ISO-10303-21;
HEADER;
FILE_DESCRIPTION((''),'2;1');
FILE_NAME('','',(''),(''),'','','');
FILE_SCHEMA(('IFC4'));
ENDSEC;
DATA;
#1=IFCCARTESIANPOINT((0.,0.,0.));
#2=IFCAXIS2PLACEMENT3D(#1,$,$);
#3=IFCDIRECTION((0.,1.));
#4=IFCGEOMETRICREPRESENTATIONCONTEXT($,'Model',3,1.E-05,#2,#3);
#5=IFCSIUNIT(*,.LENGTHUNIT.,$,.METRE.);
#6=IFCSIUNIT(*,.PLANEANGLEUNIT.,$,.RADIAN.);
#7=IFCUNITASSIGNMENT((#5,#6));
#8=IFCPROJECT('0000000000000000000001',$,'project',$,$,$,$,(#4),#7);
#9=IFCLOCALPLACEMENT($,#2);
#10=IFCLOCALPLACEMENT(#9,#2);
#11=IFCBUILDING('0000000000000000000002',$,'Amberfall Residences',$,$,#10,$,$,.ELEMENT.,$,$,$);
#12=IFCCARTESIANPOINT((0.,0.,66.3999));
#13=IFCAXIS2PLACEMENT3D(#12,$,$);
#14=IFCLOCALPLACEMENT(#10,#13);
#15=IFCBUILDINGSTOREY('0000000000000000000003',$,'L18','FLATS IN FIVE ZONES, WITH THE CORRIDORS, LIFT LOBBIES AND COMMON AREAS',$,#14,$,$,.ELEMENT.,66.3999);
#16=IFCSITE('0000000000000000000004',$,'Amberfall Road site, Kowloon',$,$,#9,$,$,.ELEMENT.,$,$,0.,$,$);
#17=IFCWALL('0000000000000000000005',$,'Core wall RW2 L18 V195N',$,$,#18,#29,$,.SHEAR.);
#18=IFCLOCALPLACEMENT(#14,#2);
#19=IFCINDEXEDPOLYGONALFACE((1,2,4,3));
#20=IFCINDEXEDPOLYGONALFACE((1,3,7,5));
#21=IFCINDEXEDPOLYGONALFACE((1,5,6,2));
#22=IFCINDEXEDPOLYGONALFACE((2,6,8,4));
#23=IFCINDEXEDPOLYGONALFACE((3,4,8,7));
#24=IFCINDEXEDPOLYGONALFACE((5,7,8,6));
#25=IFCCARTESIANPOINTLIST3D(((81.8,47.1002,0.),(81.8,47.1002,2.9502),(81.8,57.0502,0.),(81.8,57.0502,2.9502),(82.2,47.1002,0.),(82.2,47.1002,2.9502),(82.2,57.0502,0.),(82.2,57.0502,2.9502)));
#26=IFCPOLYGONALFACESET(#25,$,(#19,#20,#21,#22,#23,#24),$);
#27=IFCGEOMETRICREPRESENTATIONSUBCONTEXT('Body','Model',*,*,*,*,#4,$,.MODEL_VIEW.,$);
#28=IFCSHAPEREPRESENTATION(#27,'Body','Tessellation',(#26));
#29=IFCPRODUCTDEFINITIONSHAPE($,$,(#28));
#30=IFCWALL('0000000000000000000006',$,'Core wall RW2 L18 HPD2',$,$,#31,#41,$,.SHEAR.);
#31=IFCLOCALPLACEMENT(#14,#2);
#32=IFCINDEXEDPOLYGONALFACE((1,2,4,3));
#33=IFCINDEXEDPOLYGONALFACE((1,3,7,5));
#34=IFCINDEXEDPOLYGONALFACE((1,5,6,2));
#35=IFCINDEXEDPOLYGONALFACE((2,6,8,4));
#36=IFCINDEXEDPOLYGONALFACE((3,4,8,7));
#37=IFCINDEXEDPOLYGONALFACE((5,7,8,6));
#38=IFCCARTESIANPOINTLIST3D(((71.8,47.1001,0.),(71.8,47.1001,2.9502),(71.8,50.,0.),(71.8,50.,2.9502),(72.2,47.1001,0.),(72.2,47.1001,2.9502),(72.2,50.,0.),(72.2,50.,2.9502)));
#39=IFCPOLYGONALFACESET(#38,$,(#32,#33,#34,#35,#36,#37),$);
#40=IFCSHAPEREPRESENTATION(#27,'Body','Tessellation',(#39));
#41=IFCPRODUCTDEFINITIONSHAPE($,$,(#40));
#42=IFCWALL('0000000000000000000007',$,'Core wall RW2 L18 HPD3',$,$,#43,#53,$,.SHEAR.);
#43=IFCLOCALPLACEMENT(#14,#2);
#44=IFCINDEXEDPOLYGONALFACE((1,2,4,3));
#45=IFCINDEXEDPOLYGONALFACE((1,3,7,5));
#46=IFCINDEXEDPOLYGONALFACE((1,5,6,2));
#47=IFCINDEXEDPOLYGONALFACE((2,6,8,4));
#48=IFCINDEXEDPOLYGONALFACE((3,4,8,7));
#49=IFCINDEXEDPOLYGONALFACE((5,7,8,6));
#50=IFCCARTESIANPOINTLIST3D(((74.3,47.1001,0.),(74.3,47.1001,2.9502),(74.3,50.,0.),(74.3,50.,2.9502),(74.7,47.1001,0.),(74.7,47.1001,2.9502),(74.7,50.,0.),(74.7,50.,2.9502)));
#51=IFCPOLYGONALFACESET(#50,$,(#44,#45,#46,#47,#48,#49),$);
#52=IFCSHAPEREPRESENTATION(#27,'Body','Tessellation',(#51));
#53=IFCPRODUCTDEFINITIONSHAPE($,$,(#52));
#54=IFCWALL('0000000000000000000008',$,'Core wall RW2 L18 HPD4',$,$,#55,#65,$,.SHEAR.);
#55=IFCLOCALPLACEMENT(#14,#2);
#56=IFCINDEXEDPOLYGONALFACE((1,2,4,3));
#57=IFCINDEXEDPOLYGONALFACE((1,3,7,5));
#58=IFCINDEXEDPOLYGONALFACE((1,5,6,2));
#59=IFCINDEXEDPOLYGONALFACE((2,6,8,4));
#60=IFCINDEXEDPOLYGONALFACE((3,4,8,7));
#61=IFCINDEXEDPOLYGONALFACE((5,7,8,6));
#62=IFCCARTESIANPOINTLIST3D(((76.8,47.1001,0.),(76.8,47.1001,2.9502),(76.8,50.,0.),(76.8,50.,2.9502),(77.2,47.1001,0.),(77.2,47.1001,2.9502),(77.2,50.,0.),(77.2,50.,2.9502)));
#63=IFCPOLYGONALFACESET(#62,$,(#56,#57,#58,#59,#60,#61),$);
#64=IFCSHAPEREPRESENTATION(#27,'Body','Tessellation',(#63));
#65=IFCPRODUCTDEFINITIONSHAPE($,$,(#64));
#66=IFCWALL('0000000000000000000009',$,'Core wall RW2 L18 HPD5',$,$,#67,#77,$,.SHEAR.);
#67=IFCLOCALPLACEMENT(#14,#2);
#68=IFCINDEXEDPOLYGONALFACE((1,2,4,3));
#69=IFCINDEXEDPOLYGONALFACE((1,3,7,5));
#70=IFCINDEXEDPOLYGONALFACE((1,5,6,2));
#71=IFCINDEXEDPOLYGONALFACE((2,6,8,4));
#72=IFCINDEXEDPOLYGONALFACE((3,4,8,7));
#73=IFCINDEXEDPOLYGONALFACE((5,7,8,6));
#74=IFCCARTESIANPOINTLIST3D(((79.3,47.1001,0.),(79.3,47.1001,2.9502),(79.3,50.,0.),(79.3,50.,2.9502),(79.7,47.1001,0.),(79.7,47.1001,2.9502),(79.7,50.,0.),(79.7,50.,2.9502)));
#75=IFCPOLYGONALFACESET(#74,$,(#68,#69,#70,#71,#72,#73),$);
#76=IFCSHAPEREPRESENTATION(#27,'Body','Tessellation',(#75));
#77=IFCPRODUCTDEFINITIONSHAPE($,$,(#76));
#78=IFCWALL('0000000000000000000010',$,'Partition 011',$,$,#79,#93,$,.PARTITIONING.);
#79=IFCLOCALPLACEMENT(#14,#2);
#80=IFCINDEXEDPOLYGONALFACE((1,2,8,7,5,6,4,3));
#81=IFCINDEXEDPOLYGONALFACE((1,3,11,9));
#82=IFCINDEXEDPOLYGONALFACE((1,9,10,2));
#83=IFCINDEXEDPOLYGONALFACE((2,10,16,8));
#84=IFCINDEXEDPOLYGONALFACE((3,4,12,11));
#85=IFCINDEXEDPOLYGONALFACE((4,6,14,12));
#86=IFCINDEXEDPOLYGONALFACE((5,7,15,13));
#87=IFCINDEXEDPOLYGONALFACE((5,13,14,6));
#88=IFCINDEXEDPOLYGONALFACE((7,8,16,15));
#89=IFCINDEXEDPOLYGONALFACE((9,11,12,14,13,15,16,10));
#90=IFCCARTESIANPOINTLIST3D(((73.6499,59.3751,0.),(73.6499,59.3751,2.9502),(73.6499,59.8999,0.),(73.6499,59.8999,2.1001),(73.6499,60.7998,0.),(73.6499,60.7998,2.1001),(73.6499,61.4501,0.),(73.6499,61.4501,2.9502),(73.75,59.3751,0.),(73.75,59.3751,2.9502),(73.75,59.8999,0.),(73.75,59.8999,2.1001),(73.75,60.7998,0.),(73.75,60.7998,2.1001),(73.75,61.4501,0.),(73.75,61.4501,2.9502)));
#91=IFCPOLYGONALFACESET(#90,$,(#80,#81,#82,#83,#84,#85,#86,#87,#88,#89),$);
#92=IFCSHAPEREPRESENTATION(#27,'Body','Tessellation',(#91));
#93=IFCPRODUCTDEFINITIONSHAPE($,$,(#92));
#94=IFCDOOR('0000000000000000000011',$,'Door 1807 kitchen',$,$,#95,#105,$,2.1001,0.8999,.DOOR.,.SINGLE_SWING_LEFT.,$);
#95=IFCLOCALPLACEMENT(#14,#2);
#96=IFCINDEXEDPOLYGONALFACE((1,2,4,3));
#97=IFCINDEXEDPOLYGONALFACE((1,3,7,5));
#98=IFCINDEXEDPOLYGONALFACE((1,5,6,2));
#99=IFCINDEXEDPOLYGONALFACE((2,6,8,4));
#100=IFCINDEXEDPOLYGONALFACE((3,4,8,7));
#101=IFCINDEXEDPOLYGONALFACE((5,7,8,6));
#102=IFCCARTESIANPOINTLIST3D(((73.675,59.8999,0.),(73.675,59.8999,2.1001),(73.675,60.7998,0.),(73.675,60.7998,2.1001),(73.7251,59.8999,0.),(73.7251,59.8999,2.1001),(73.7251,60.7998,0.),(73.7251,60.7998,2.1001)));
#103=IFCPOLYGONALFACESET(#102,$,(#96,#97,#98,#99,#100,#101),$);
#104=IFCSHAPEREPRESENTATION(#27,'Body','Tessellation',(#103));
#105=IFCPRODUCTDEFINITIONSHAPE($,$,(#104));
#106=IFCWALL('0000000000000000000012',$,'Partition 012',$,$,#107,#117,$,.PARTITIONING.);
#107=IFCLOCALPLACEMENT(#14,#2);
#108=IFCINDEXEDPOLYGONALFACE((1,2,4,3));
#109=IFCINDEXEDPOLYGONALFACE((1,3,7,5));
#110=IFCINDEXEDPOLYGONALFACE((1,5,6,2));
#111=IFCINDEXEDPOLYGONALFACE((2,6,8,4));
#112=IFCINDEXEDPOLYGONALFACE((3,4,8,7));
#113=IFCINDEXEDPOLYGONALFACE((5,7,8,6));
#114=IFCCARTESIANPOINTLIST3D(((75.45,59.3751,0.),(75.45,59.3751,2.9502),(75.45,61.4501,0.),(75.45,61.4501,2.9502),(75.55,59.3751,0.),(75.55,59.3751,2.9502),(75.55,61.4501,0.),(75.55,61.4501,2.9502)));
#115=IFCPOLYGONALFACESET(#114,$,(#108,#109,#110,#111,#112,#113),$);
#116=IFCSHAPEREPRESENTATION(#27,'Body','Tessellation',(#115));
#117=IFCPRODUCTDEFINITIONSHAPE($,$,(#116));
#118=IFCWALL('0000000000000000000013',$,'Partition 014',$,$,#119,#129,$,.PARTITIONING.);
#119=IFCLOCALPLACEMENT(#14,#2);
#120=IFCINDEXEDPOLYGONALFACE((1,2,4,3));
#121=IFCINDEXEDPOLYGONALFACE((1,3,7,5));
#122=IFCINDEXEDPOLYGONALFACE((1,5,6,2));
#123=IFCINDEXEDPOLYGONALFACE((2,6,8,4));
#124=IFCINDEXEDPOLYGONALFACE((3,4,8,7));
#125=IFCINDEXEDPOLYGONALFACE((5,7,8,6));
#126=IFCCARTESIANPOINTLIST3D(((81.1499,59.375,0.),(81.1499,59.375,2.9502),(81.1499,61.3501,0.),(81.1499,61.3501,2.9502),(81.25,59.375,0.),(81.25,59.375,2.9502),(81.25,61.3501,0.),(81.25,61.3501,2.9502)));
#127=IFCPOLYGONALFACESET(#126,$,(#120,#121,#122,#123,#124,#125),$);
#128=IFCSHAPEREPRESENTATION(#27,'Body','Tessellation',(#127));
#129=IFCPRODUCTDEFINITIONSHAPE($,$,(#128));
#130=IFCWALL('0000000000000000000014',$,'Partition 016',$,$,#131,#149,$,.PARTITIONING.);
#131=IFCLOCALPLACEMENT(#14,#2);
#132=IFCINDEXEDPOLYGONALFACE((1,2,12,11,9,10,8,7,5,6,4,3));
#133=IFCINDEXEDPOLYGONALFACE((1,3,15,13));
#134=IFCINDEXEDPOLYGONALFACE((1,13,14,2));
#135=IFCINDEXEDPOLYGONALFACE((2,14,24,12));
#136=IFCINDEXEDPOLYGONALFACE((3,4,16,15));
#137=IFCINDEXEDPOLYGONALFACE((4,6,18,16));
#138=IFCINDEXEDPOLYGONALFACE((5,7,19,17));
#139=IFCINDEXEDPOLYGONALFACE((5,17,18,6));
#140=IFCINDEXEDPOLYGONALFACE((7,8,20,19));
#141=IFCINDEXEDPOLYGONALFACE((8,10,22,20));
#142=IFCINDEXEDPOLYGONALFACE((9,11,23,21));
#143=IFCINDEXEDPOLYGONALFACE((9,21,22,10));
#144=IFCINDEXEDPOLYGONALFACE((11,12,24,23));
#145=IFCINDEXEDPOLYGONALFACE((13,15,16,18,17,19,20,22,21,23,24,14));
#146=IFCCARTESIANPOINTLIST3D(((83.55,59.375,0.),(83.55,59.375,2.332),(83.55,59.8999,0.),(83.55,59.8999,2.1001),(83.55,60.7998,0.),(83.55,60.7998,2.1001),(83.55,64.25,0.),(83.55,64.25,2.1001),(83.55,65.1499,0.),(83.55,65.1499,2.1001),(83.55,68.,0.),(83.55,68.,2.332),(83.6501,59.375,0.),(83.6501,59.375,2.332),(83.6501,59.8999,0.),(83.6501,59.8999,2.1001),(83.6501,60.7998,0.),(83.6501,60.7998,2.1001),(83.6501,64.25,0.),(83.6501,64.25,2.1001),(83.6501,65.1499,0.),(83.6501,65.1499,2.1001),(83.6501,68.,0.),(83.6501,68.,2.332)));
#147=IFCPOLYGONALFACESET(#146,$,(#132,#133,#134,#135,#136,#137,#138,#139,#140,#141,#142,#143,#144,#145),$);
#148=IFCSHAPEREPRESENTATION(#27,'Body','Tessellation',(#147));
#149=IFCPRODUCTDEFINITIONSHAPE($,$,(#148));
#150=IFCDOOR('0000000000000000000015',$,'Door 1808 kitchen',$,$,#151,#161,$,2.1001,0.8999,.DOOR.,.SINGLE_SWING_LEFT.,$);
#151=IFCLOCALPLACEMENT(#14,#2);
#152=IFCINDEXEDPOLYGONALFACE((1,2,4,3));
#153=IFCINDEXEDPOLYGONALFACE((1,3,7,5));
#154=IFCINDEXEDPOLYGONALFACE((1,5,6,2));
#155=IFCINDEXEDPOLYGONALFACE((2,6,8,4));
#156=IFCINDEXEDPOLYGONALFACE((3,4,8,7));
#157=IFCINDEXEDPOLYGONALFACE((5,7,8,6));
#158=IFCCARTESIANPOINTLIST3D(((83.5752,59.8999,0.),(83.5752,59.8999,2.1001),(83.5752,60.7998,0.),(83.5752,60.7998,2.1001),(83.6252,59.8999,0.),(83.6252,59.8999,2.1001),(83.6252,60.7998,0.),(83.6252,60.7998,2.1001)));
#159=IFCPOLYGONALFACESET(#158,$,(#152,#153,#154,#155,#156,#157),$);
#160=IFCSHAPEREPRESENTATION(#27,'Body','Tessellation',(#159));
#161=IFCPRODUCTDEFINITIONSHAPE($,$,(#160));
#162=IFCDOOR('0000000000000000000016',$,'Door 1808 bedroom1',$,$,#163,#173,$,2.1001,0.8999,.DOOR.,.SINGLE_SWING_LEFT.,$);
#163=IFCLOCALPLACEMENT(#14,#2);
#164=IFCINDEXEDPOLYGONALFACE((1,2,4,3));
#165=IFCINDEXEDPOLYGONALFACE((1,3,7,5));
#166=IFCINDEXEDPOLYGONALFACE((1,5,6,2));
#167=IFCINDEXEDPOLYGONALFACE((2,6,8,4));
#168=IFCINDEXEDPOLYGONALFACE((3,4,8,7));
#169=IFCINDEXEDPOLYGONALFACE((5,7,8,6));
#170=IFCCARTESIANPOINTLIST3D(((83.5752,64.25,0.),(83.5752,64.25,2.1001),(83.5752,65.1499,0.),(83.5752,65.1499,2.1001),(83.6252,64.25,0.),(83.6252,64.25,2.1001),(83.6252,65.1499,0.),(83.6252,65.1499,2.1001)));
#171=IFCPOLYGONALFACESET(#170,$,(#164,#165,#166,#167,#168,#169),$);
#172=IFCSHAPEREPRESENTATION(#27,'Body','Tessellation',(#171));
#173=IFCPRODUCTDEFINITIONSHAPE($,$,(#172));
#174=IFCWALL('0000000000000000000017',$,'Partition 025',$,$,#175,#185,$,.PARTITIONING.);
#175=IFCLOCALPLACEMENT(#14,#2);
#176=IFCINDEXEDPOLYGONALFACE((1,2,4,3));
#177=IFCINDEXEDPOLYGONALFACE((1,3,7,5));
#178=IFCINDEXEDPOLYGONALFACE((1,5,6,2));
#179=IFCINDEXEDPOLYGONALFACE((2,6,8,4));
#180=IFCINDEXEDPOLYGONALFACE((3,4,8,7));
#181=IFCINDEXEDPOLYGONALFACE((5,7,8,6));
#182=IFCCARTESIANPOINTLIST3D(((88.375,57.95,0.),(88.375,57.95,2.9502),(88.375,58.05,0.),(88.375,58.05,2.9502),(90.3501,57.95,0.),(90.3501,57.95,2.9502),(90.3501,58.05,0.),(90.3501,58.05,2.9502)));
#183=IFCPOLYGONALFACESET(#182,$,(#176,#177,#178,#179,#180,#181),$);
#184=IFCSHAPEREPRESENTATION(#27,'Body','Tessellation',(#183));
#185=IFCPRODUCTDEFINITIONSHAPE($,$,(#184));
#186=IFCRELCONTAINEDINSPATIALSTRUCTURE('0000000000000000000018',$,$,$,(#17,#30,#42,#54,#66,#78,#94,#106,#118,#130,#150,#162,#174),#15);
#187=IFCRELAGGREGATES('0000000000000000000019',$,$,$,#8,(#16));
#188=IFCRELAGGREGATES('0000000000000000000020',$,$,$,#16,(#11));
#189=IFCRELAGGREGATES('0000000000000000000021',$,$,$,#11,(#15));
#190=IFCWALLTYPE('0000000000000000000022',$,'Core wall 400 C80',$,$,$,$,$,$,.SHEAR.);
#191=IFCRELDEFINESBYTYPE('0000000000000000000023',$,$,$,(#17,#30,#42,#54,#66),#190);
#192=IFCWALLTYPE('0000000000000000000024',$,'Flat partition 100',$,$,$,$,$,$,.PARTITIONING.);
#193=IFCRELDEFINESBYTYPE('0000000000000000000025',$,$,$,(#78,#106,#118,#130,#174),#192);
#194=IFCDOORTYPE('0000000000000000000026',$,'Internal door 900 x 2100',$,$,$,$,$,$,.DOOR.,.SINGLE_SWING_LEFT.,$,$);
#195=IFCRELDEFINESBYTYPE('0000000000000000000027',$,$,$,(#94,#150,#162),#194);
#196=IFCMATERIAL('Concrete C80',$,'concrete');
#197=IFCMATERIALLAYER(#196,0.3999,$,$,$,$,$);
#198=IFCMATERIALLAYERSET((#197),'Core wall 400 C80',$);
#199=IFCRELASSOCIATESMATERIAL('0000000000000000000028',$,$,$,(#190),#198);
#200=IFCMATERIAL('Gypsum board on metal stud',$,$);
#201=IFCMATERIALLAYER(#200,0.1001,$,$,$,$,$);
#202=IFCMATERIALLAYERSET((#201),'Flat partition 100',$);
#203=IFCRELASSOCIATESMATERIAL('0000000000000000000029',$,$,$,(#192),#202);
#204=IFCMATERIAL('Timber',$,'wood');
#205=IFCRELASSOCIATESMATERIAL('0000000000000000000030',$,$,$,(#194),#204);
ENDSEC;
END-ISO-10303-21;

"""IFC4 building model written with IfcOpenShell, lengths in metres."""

from ifc_helpers import new_model, si_unit, direction, frame, frame_2d, origin, place, context, subcontext, project, spatial, rectangle, extrude, material, layer, layer_set, type_object, element, fill, save


model = new_model("IFC4")

# Units and contexts
model_context = context("Model", 3, precision=1e-05, world=origin(), true_north=direction((0.0, 1.0)))
body_context = subcontext(model_context, "Body", "Model", "MODEL_VIEW")
ifc_project = project(units=[si_unit("LENGTHUNIT", "METRE"), si_unit("PLANEANGLEUNIT", "RADIAN")], contexts=[model_context])

# Site, building, storey
site_placement = place(None, origin())
site = spatial("IfcSite", under=ifc_project, at=site_placement, Name="Amberfall Road site, Kowloon", CompositionType="ELEMENT", RefElevation=0.0)
building_placement = place(site_placement, origin())
building = spatial("IfcBuilding", under=site, at=building_placement, Name="Amberfall Residences", CompositionType="ELEMENT")
storey_placement = place(building_placement, frame((0.0, 0.0, 66.3999)))
storey = spatial("IfcBuildingStorey", under=building, at=storey_placement, Name="L18", Description="FLATS IN FIVE ZONES, WITH THE CORRIDORS, LIFT LOBBIES AND COMMON AREAS", CompositionType="ELEMENT", Elevation=66.3999)

# Walls
ifc_material_1 = material(Name="Concrete C80", Category="concrete")
ifc_layer_1 = layer(ifc_material_1, 0.3999)
ifc_layer_set_1 = layer_set([ifc_layer_1], Name="Core wall 400 C80")
wall_type_1 = type_object("IfcWallType", Name="Core wall 400 C80", PredefinedType="SHEAR", material=ifc_layer_set_1)
wall_1_placement = place(storey_placement, frame((82.0, 47.1001, 0.0), z_axis=(0.0, 0.0, 1.0), x_axis=(0.0, 1.0, 0.0)))
element("IfcWall", 1, at=wall_1_placement, inside=storey, type_object=wall_type_1, Name="Core wall RW2 L18 V195N", PredefinedType="SHEAR", context=body_context, shape_type="SweptSolid", body=[
    extrude(rectangle(XDim=9.95, YDim=0.3999, at=frame_2d((4.9751, 0.0))), origin(), (0.0, 0.0, 1.0), 2.9502),
])
for number, where, z_axis, x_axis, name in (
    (2, (72.0, 47.1001, 0.0), (0.0, 0.0, 1.0), (0.0, 1.0, 0.0), "Core wall RW2 L18 HPD2"),
    (3, (74.5, 47.1001, 0.0), (0.0, 0.0, 1.0), (0.0, 1.0, 0.0), "Core wall RW2 L18 HPD3"),
    (4, (77.0, 47.1001, 0.0), (0.0, 0.0, 1.0), (0.0, 1.0, 0.0), "Core wall RW2 L18 HPD4"),
    (5, (79.5, 47.1001, 0.0), (0.0, 0.0, 1.0), (0.0, 1.0, 0.0), "Core wall RW2 L18 HPD5"),
):
    element("IfcWall", number, at=place(storey_placement, frame(where, z_axis=z_axis, x_axis=x_axis)), inside=storey, type_object=wall_type_1, Name=name, PredefinedType="SHEAR", context=body_context, shape_type="SweptSolid", body=[
        extrude(rectangle(XDim=2.8999, YDim=0.3999, at=frame_2d((1.45, 0.0))), origin(), (0.0, 0.0, 1.0), 2.9502),
    ])

# Wall, opening, door
ifc_material_2 = material(Name="Gypsum board on metal stud")
ifc_layer_2 = layer(ifc_material_2, 0.1001)
ifc_layer_set_2 = layer_set([ifc_layer_2], Name="Flat partition 100")
wall_type_2 = type_object("IfcWallType", Name="Flat partition 100", PredefinedType="PARTITIONING", material=ifc_layer_set_2)
wall_2_placement = place(storey_placement, frame((73.7, 59.375, 0.0), z_axis=(0.0, 0.0, 1.0), x_axis=(0.0, 1.0, 0.0)))
wall_2 = element("IfcWall", 6, at=wall_2_placement, inside=storey, type_object=wall_type_2, Name="Partition 011", PredefinedType="PARTITIONING", context=body_context, shape_type="SweptSolid", body=[
    extrude(rectangle(XDim=2.075, YDim=0.1001, at=frame_2d((1.0376, 0.0))), origin(), (0.0, 0.0, 1.0), 2.9502),
])
opening_1_placement = place(wall_2_placement, frame((0.5249, 0.0, 0.0)))
opening_1 = element("IfcOpeningElement", 7, at=opening_1_placement, cuts=wall_2, PredefinedType="OPENING", context=body_context, shape_type="SweptSolid", body=[
    extrude(rectangle(XDim=0.8999, YDim=2.1001, at=frame_2d((0.45, 1.05))), frame((0.0, 0.0601, 0.0), z_axis=(0.0, -1.0, 0.0), x_axis=(1.0, 0.0, 0.0)), (0.0, 0.0, 1.0), 0.1201),
])
ifc_material_3 = material(Name="Timber", Category="wood")
door_type_1 = type_object("IfcDoorType", Name="Internal door 900 x 2100", OperationType="SINGLE_SWING_LEFT", PredefinedType="DOOR", material=ifc_material_3)
door_1_placement = place(opening_1_placement, origin())
door_1 = element("IfcDoor", 8, at=door_1_placement, inside=storey, type_object=door_type_1, Name="Door 1807 kitchen", OperationType="SINGLE_SWING_LEFT", OverallHeight=2.1001, OverallWidth=0.8999, PredefinedType="DOOR", context=body_context, shape_type="SweptSolid", body=[
    extrude(rectangle(XDim=0.8999, YDim=2.1001, at=frame_2d((0.45, 1.05))), frame((0.0, 0.0249, 0.0), z_axis=(0.0, -1.0, 0.0), x_axis=(1.0, 0.0, 0.0)), (0.0, 0.0, 1.0), 0.05),
])
fill(opening_1, door_1)

# Walls
wall_3_placement = place(storey_placement, frame((75.5, 59.375, 0.0), z_axis=(0.0, 0.0, 1.0), x_axis=(0.0, 1.0, 0.0)))
element("IfcWall", 9, at=wall_3_placement, inside=storey, type_object=wall_type_2, Name="Partition 012", PredefinedType="PARTITIONING", context=body_context, shape_type="SweptSolid", body=[
    extrude(rectangle(XDim=2.075, YDim=0.1001, at=frame_2d((1.0376, 0.0))), origin(), (0.0, 0.0, 1.0), 2.9502),
])
wall_4_placement = place(storey_placement, frame((81.2, 59.375, 0.0), z_axis=(0.0, 0.0, 1.0), x_axis=(0.0, 1.0, 0.0)))
element("IfcWall", 10, at=wall_4_placement, inside=storey, type_object=wall_type_2, Name="Partition 014", PredefinedType="PARTITIONING", context=body_context, shape_type="SweptSolid", body=[
    extrude(rectangle(XDim=1.9751, YDim=0.1001, at=frame_2d((0.9875, 0.0))), origin(), (0.0, 0.0, 1.0), 2.9502),
])

# Wall, openings, doors
wall_5_placement = place(storey_placement, frame((83.6001, 59.375, 0.0), z_axis=(0.0, 0.0, 1.0), x_axis=(0.0, 1.0, 0.0)))
wall_5 = element("IfcWall", 11, at=wall_5_placement, inside=storey, type_object=wall_type_2, Name="Partition 016", PredefinedType="PARTITIONING", context=body_context, shape_type="SweptSolid", body=[
    extrude(rectangle(XDim=8.625, YDim=0.1001, at=frame_2d((4.3125, 0.0))), origin(), (0.0, 0.0, 1.0), 2.332),
])
opening_2_placement = place(wall_5_placement, frame((0.5249, 0.0, 0.0)))
opening_2 = element("IfcOpeningElement", 12, at=opening_2_placement, cuts=wall_5, PredefinedType="OPENING", context=body_context, shape_type="SweptSolid", body=[
    extrude(rectangle(XDim=0.8999, YDim=2.1001, at=frame_2d((0.45, 1.05))), frame((0.0, 0.0601, 0.0), z_axis=(0.0, -1.0, 0.0), x_axis=(1.0, 0.0, 0.0)), (0.0, 0.0, 1.0), 0.1201),
])
opening_3_placement = place(wall_5_placement, frame((4.875, 0.0, 0.0)))
opening_3 = element("IfcOpeningElement", 13, at=opening_3_placement, cuts=wall_5, PredefinedType="OPENING", context=body_context, shape_type="SweptSolid", body=[
    extrude(rectangle(XDim=0.8999, YDim=2.1001, at=frame_2d((0.45, 1.05))), frame((0.0, 0.0601, 0.0), z_axis=(0.0, -1.0, 0.0), x_axis=(1.0, 0.0, 0.0)), (0.0, 0.0, 1.0), 0.1201),
])
door_2_placement = place(opening_2_placement, origin())
door_2 = element("IfcDoor", 14, at=door_2_placement, inside=storey, type_object=door_type_1, Name="Door 1808 kitchen", OperationType="SINGLE_SWING_LEFT", OverallHeight=2.1001, OverallWidth=0.8999, PredefinedType="DOOR", context=body_context, shape_type="SweptSolid", body=[
    extrude(rectangle(XDim=0.8999, YDim=2.1001, at=frame_2d((0.45, 1.05))), frame((0.0, 0.0249, 0.0), z_axis=(0.0, -1.0, 0.0), x_axis=(1.0, 0.0, 0.0)), (0.0, 0.0, 1.0), 0.05),
])
fill(opening_2, door_2)
door_3_placement = place(opening_3_placement, origin())
door_3 = element("IfcDoor", 15, at=door_3_placement, inside=storey, type_object=door_type_1, Name="Door 1808 bedroom1", OperationType="SINGLE_SWING_LEFT", OverallHeight=2.1001, OverallWidth=0.8999, PredefinedType="DOOR", context=body_context, shape_type="SweptSolid", body=[
    extrude(rectangle(XDim=0.8999, YDim=2.1001, at=frame_2d((0.45, 1.05))), frame((0.0, 0.0249, 0.0), z_axis=(0.0, -1.0, 0.0), x_axis=(1.0, 0.0, 0.0)), (0.0, 0.0, 1.0), 0.05),
])
fill(opening_3, door_3)

# Wall
wall_6_placement = place(storey_placement, frame((88.375, 58.0, 0.0), z_axis=(0.0, 0.0, 1.0), x_axis=(1.0, 0.0, 0.0)))
element("IfcWall", 16, at=wall_6_placement, inside=storey, type_object=wall_type_2, Name="Partition 025", PredefinedType="PARTITIONING", context=body_context, shape_type="SweptSolid", body=[
    extrude(rectangle(XDim=1.9751, YDim=0.1001, at=frame_2d((0.9875, 0.0))), origin(), (0.0, 0.0, 1.0), 2.9502),
])

save(model, "model.ifc")
